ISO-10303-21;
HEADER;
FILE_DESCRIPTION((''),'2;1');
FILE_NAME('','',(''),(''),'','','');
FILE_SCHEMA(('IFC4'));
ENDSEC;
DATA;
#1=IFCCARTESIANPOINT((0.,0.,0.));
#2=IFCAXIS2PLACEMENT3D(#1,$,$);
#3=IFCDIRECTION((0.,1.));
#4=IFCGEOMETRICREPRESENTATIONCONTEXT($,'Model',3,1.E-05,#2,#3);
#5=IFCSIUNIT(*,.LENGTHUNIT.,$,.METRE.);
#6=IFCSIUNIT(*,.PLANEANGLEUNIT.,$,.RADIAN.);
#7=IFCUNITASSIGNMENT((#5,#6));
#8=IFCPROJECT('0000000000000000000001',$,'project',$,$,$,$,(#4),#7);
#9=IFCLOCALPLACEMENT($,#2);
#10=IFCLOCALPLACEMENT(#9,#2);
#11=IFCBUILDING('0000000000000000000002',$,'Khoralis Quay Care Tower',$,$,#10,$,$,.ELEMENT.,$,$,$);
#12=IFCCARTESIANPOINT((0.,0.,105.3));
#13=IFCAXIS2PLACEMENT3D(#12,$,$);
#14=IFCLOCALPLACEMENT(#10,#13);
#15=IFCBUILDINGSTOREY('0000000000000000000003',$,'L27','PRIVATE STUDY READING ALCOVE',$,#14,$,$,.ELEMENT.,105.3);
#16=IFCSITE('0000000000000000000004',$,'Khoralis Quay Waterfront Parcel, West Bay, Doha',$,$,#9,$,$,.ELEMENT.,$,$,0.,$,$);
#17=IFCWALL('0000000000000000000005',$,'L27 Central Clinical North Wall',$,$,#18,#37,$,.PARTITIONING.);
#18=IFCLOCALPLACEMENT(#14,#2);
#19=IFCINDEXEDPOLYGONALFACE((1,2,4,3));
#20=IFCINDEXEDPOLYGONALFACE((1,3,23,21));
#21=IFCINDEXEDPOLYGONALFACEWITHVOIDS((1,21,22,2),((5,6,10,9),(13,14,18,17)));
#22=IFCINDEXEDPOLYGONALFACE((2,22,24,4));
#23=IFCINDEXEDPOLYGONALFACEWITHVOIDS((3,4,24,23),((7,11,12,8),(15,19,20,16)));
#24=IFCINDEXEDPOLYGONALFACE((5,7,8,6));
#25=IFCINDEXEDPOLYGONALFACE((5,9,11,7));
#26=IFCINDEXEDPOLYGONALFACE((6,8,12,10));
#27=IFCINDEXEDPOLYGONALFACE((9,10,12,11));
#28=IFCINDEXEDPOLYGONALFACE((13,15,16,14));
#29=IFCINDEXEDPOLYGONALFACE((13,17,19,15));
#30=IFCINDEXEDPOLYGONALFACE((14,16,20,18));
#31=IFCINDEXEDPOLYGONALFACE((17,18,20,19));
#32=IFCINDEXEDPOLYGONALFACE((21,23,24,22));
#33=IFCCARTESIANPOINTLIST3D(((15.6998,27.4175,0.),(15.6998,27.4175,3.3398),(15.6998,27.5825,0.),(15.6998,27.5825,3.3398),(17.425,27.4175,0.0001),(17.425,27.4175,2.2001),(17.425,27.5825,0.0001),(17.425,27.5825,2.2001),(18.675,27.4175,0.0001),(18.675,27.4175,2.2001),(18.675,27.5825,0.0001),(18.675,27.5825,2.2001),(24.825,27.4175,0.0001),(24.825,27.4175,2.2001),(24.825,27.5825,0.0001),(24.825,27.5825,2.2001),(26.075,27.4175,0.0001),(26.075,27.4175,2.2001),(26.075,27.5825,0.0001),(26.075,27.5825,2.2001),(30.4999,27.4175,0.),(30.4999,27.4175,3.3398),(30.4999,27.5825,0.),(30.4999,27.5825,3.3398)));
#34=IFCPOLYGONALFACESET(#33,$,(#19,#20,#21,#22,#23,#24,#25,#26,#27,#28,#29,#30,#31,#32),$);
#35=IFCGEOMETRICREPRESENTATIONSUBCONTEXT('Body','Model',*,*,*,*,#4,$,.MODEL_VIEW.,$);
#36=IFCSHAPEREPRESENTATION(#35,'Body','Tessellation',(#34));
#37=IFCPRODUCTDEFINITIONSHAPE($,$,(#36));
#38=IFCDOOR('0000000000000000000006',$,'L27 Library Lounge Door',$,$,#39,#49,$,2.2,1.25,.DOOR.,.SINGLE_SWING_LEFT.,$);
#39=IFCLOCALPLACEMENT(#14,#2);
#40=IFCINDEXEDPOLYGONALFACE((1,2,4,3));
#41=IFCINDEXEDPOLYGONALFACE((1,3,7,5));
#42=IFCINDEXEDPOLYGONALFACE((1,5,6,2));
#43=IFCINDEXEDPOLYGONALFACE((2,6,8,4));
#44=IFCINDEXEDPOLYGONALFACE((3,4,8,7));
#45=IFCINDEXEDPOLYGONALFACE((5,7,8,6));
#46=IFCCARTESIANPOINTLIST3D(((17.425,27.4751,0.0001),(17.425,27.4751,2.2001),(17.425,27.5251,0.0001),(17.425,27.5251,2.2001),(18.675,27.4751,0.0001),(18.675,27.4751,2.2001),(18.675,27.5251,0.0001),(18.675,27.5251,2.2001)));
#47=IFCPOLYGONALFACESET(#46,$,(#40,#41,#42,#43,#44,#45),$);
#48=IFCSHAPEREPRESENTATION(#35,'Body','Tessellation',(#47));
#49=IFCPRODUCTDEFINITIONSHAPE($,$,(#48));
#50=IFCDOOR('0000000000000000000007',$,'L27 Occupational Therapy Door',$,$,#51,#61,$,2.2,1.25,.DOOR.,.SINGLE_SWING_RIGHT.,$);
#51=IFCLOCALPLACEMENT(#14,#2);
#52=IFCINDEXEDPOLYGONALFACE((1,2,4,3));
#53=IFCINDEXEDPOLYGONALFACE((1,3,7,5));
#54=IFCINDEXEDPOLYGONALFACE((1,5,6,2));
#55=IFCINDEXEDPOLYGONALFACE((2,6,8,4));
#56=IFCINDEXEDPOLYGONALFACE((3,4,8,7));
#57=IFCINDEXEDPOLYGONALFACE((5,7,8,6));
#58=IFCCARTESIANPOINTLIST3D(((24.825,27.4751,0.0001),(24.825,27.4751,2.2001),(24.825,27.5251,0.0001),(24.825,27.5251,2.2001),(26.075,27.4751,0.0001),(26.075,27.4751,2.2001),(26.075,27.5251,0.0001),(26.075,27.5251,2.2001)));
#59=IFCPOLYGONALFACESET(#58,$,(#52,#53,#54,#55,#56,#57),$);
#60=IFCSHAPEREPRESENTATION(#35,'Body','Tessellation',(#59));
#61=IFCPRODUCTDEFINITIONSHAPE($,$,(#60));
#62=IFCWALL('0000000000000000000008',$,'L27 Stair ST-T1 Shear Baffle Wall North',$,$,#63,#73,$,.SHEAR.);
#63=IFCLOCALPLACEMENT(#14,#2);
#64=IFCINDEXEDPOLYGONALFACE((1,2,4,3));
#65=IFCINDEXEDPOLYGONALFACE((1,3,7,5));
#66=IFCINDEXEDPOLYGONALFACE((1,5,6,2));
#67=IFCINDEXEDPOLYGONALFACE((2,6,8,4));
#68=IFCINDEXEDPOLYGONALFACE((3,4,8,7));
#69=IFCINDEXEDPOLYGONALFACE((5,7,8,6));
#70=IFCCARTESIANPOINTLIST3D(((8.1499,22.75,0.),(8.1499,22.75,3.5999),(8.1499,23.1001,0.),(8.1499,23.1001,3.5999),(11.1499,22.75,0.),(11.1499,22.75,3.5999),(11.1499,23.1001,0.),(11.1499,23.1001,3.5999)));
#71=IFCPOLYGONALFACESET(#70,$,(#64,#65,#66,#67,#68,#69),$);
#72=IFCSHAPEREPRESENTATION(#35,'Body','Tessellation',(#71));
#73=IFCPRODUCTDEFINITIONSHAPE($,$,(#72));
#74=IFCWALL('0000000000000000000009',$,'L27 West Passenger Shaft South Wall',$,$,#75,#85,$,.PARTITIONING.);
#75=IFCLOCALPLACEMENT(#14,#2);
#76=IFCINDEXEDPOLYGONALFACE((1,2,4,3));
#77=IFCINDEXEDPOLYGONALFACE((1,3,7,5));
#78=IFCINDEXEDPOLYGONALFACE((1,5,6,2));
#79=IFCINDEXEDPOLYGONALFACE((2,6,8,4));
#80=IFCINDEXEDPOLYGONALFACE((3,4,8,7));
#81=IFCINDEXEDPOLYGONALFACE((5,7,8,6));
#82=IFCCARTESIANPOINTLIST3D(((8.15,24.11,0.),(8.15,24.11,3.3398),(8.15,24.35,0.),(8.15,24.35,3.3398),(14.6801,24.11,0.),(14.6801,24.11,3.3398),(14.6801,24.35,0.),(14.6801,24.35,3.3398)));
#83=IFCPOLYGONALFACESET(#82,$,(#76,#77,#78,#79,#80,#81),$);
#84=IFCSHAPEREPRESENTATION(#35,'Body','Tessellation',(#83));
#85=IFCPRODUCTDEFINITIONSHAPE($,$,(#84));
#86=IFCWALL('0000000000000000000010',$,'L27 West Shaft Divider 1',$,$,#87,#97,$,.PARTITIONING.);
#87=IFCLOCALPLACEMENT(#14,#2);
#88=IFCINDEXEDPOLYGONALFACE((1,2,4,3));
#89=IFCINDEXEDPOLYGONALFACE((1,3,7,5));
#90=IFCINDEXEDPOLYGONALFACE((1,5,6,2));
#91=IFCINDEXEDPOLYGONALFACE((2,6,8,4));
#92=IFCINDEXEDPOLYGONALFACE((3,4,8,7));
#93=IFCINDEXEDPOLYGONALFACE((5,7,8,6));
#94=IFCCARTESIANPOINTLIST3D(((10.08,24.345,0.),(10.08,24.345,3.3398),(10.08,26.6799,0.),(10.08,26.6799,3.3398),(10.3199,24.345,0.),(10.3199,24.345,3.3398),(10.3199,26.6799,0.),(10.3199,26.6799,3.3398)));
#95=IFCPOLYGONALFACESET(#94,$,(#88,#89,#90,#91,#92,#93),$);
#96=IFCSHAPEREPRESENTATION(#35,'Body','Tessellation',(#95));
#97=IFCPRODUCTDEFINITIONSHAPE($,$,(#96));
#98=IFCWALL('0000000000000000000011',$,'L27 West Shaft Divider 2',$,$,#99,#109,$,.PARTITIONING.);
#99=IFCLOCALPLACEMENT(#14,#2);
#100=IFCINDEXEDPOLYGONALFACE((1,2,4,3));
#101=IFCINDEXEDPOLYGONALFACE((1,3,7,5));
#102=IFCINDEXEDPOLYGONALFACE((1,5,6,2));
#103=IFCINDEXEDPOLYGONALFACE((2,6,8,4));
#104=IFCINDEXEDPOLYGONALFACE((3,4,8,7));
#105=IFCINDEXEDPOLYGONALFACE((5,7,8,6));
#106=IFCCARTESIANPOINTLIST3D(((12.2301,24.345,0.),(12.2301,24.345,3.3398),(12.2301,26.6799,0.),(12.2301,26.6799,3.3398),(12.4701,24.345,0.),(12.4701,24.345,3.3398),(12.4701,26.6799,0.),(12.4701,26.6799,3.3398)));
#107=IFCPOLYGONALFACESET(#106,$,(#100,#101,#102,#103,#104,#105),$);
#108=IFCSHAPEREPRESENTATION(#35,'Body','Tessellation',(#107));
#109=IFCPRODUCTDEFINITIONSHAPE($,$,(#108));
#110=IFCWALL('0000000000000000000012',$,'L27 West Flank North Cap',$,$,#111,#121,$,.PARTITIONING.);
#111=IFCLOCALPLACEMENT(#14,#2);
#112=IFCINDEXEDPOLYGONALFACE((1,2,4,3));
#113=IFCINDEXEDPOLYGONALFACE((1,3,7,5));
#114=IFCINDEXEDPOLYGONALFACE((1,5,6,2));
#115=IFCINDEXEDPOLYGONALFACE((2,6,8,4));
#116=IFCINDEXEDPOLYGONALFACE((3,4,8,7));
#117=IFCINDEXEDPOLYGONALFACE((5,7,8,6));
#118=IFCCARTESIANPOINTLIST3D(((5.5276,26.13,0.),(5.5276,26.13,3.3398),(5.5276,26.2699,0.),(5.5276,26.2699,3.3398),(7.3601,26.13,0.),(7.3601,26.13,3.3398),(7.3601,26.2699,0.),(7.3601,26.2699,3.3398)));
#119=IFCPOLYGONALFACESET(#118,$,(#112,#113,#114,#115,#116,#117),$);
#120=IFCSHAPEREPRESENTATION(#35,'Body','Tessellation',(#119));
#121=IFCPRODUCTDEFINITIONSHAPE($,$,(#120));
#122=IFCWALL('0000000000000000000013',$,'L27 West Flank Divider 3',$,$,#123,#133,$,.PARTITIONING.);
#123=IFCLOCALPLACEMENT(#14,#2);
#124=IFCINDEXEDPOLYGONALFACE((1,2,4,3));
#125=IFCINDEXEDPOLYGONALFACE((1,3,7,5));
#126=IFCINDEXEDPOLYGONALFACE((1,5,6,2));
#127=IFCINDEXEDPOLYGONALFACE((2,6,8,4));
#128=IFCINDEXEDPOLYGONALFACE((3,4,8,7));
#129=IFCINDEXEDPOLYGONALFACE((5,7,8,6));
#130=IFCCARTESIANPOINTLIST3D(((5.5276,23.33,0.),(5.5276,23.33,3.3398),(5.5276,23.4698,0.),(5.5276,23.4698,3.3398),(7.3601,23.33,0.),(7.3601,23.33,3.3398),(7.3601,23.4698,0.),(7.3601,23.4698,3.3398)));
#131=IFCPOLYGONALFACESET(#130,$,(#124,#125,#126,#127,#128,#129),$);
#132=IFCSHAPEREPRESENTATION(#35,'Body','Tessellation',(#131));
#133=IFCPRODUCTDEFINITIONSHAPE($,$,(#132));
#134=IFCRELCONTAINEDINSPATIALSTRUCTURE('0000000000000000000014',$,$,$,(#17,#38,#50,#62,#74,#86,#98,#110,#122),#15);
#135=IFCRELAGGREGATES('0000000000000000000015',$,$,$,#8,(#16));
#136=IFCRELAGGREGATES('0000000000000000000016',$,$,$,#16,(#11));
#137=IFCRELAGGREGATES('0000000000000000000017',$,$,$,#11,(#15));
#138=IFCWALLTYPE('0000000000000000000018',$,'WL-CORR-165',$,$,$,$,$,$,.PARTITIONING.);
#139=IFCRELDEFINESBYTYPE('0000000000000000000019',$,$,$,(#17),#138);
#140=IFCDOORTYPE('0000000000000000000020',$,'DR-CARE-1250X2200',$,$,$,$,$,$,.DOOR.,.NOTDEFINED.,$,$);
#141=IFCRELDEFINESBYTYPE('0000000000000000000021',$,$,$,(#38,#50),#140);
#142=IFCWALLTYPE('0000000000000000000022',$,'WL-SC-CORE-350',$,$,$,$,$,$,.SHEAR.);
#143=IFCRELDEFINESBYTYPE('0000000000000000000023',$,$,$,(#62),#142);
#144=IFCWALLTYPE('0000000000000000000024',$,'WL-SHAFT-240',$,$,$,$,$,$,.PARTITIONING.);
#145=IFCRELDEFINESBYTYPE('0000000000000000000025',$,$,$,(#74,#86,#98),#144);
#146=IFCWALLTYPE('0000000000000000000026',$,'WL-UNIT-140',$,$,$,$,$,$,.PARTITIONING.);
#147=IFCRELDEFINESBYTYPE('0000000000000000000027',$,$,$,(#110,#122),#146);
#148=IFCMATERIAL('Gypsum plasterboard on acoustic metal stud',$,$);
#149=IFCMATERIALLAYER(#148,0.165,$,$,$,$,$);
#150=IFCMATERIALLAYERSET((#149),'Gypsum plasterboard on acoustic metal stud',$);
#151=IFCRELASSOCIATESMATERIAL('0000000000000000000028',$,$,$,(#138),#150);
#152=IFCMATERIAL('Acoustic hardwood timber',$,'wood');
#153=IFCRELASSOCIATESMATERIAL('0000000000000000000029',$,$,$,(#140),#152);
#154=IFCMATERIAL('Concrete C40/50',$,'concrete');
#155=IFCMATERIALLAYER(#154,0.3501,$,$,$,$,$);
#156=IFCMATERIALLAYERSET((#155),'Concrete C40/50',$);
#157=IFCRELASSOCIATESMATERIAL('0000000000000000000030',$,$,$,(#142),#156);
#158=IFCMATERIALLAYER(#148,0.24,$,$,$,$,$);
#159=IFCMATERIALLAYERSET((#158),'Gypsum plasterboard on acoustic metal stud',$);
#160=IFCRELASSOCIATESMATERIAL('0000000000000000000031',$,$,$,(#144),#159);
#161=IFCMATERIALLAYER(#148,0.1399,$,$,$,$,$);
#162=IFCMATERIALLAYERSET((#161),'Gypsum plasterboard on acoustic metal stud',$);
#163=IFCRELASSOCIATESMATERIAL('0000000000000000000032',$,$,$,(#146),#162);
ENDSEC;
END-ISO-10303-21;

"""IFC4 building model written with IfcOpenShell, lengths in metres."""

from ifc_helpers import new_model, si_unit, direction, frame, frame_2d, origin, place, context, subcontext, project, spatial, rectangle, extrude, source, transform, mapped, material, layer, layer_set, type_object, element, fill, save


model = new_model("IFC4")

# Units and contexts
model_context = context("Model", 3, precision=1e-05, world=origin(), true_north=direction((0.0, 1.0)))
body_context = subcontext(model_context, "Body", "Model", "MODEL_VIEW")
ifc_project = project(units=[si_unit("LENGTHUNIT", "METRE"), si_unit("PLANEANGLEUNIT", "RADIAN")], contexts=[model_context])

# Site, building, storey
site_placement = place(None, origin())
site = spatial("IfcSite", under=ifc_project, at=site_placement, Name="Khoralis Quay Waterfront Parcel, West Bay, Doha", CompositionType="ELEMENT", RefElevation=0.0)
building_placement = place(site_placement, origin())
building = spatial("IfcBuilding", under=site, at=building_placement, Name="Khoralis Quay Care Tower", CompositionType="ELEMENT")
storey_placement = place(building_placement, frame((0.0, 0.0, 105.3)))
storey = spatial("IfcBuildingStorey", under=building, at=storey_placement, Name="L27", Description="PRIVATE STUDY READING ALCOVE", CompositionType="ELEMENT", Elevation=105.3)

# Shared definitions
ifc_material_1 = material(Name="Gypsum plasterboard on acoustic metal stud")
ifc_layer_1 = layer(ifc_material_1, 0.165)
ifc_layer_set_1 = layer_set([ifc_layer_1], Name="Gypsum plasterboard on acoustic metal stud")
wall_type_1 = type_object("IfcWallType", Name="WL-CORR-165", PredefinedType="PARTITIONING", material=ifc_layer_set_1)

# Wall, openings, doors
wall_1_placement = place(storey_placement, frame((15.7, 27.5, 0.0), z_axis=(0.0, 0.0, 1.0), x_axis=(1.0, 0.0, 0.0)))
wall_1 = element("IfcWall", 1, at=wall_1_placement, inside=storey, type_object=wall_type_1, Name="L27 Central Clinical North Wall", PredefinedType="PARTITIONING", context=body_context, shape_type="SweptSolid", body=[
    extrude(rectangle(XDim=14.8, YDim=0.165, at=frame_2d((7.3999, 0.0))), origin(), (0.0, 0.0, 1.0), 3.3398),
])
opening_1_placement = place(wall_1_placement, frame((1.7251, 0.0, 0.0)))
opening_1 = element("IfcOpeningElement", 2, at=opening_1_placement, cuts=wall_1, PredefinedType="OPENING", context=body_context, shape_type="SweptSolid", body=[
    extrude(rectangle(XDim=1.25, YDim=2.2, at=frame_2d((0.625, 1.1001))), frame((0.0, 0.0925, 0.0), z_axis=(0.0, -1.0, 0.0), x_axis=(1.0, 0.0, 0.0)), (0.0, 0.0, 1.0), 0.1851),
])
opening_2_placement = place(wall_1_placement, frame((9.125, 0.0, 0.0)))
opening_2 = element("IfcOpeningElement", 3, at=opening_2_placement, cuts=wall_1, PredefinedType="OPENING", context=body_context, shape_type="SweptSolid", body=[
    extrude(rectangle(XDim=1.25, YDim=2.2, at=frame_2d((0.625, 1.1001))), frame((0.0, 0.0925, 0.0), z_axis=(0.0, -1.0, 0.0), x_axis=(1.0, 0.0, 0.0)), (0.0, 0.0, 1.0), 0.1851),
])
ifc_material_2 = material(Name="Acoustic hardwood timber", Category="wood")
door_type_1 = type_object("IfcDoorType", Name="DR-CARE-1250X2200", OperationType="NOTDEFINED", PredefinedType="DOOR", material=ifc_material_2)
shared_shape_1 = source(origin(), body_context, "Body", "SweptSolid", [
    extrude(rectangle(XDim=1.25, YDim=2.2, at=frame_2d((0.625, 1.1001))), frame((0.0, 0.0249, 0.0), z_axis=(0.0, -1.0, 0.0), x_axis=(1.0, 0.0, 0.0)), (0.0, 0.0, 1.0), 0.05),
])
door_1_placement = place(opening_1_placement, frame((1.25, 0.0, 0.0), z_axis=(0.0, 0.0, 1.0), x_axis=(-1.0, 0.0, 0.0)))
door_1 = element("IfcDoor", 4, at=door_1_placement, inside=storey, type_object=door_type_1, Name="L27 Library Lounge Door", OperationType="SINGLE_SWING_LEFT", OverallHeight=2.2, OverallWidth=1.25, PredefinedType="DOOR", context=body_context, shape_type="MappedRepresentation", body=[
    mapped(shared_shape_1, transform((0.0, 0.0, 0.0), scale=1.0)),
])
fill(opening_1, door_1)
door_2_placement = place(opening_2_placement, frame((1.25, 0.0, 0.0), z_axis=(0.0, 0.0, 1.0), x_axis=(-1.0, 0.0, 0.0)))
door_2 = element("IfcDoor", 5, at=door_2_placement, inside=storey, type_object=door_type_1, Name="L27 Occupational Therapy Door", OperationType="SINGLE_SWING_RIGHT", OverallHeight=2.2, OverallWidth=1.25, PredefinedType="DOOR", context=body_context, shape_type="MappedRepresentation", body=[
    mapped(shared_shape_1, transform((0.0, 0.0, 0.0), scale=1.0)),
])
fill(opening_2, door_2)

# Walls
ifc_material_3 = material(Name="Concrete C40/50", Category="concrete")
ifc_layer_2 = layer(ifc_material_3, 0.3501)
ifc_layer_set_2 = layer_set([ifc_layer_2], Name="Concrete C40/50")
wall_type_2 = type_object("IfcWallType", Name="WL-SC-CORE-350", PredefinedType="SHEAR", material=ifc_layer_set_2)
wall_2_placement = place(storey_placement, frame((8.1499, 22.925, 0.0), z_axis=(0.0, 0.0, 1.0), x_axis=(1.0, 0.0, 0.0)))
element("IfcWall", 6, at=wall_2_placement, inside=storey, type_object=wall_type_2, Name="L27 Stair ST-T1 Shear Baffle Wall North", PredefinedType="SHEAR", context=body_context, shape_type="SweptSolid", body=[
    extrude(rectangle(XDim=3.0, YDim=0.3501, at=frame_2d((1.5, 0.0))), origin(), (0.0, 0.0, 1.0), 3.5999),
])
ifc_layer_3 = layer(ifc_material_1, 0.24)
ifc_layer_set_3 = layer_set([ifc_layer_3], Name="Gypsum plasterboard on acoustic metal stud")
wall_type_3 = type_object("IfcWallType", Name="WL-SHAFT-240", PredefinedType="PARTITIONING", material=ifc_layer_set_3)
wall_3_placement = place(storey_placement, frame((8.1499, 24.23, 0.0), z_axis=(0.0, 0.0, 1.0), x_axis=(1.0, 0.0, 0.0)))
element("IfcWall", 7, at=wall_3_placement, inside=storey, type_object=wall_type_3, Name="L27 West Passenger Shaft South Wall", PredefinedType="PARTITIONING", context=body_context, shape_type="SweptSolid", body=[
    extrude(rectangle(XDim=6.53, YDim=0.24, at=frame_2d((3.2651, 0.0))), origin(), (0.0, 0.0, 1.0), 3.3398),
])
for number, where, z_axis, x_axis, name in (
    (8, (10.2, 24.345, 0.0), (0.0, 0.0, 1.0), (0.0, 1.0, 0.0), "L27 West Shaft Divider 1"),
    (9, (12.3501, 24.345, 0.0), (0.0, 0.0, 1.0), (0.0, 1.0, 0.0), "L27 West Shaft Divider 2"),
):
    element("IfcWall", number, at=place(storey_placement, frame(where, z_axis=z_axis, x_axis=x_axis)), inside=storey, type_object=wall_type_3, Name=name, PredefinedType="PARTITIONING", context=body_context, shape_type="SweptSolid", body=[
        extrude(rectangle(XDim=2.335, YDim=0.24, at=frame_2d((1.1675, 0.0))), origin(), (0.0, 0.0, 1.0), 3.3398),
    ])
ifc_layer_4 = layer(ifc_material_1, 0.1399)
ifc_layer_set_4 = layer_set([ifc_layer_4], Name="Gypsum plasterboard on acoustic metal stud")
wall_type_4 = type_object("IfcWallType", Name="WL-UNIT-140", PredefinedType="PARTITIONING", material=ifc_layer_set_4)
for number, where, z_axis, x_axis, name in (
    (10, (5.5276, 26.2, 0.0), (0.0, 0.0, 1.0), (1.0, 0.0, 0.0), "L27 West Flank North Cap"),
    (11, (5.5276, 23.3999, 0.0), (0.0, 0.0, 1.0), (1.0, 0.0, 0.0), "L27 West Flank Divider 3"),
):
    element("IfcWall", number, at=place(storey_placement, frame(where, z_axis=z_axis, x_axis=x_axis)), inside=storey, type_object=wall_type_4, Name=name, PredefinedType="PARTITIONING", context=body_context, shape_type="SweptSolid", body=[
        extrude(rectangle(XDim=1.8325, YDim=0.1399, at=frame_2d((0.9163, 0.0))), origin(), (0.0, 0.0, 1.0), 3.3398),
    ])

save(model, "model.ifc")
